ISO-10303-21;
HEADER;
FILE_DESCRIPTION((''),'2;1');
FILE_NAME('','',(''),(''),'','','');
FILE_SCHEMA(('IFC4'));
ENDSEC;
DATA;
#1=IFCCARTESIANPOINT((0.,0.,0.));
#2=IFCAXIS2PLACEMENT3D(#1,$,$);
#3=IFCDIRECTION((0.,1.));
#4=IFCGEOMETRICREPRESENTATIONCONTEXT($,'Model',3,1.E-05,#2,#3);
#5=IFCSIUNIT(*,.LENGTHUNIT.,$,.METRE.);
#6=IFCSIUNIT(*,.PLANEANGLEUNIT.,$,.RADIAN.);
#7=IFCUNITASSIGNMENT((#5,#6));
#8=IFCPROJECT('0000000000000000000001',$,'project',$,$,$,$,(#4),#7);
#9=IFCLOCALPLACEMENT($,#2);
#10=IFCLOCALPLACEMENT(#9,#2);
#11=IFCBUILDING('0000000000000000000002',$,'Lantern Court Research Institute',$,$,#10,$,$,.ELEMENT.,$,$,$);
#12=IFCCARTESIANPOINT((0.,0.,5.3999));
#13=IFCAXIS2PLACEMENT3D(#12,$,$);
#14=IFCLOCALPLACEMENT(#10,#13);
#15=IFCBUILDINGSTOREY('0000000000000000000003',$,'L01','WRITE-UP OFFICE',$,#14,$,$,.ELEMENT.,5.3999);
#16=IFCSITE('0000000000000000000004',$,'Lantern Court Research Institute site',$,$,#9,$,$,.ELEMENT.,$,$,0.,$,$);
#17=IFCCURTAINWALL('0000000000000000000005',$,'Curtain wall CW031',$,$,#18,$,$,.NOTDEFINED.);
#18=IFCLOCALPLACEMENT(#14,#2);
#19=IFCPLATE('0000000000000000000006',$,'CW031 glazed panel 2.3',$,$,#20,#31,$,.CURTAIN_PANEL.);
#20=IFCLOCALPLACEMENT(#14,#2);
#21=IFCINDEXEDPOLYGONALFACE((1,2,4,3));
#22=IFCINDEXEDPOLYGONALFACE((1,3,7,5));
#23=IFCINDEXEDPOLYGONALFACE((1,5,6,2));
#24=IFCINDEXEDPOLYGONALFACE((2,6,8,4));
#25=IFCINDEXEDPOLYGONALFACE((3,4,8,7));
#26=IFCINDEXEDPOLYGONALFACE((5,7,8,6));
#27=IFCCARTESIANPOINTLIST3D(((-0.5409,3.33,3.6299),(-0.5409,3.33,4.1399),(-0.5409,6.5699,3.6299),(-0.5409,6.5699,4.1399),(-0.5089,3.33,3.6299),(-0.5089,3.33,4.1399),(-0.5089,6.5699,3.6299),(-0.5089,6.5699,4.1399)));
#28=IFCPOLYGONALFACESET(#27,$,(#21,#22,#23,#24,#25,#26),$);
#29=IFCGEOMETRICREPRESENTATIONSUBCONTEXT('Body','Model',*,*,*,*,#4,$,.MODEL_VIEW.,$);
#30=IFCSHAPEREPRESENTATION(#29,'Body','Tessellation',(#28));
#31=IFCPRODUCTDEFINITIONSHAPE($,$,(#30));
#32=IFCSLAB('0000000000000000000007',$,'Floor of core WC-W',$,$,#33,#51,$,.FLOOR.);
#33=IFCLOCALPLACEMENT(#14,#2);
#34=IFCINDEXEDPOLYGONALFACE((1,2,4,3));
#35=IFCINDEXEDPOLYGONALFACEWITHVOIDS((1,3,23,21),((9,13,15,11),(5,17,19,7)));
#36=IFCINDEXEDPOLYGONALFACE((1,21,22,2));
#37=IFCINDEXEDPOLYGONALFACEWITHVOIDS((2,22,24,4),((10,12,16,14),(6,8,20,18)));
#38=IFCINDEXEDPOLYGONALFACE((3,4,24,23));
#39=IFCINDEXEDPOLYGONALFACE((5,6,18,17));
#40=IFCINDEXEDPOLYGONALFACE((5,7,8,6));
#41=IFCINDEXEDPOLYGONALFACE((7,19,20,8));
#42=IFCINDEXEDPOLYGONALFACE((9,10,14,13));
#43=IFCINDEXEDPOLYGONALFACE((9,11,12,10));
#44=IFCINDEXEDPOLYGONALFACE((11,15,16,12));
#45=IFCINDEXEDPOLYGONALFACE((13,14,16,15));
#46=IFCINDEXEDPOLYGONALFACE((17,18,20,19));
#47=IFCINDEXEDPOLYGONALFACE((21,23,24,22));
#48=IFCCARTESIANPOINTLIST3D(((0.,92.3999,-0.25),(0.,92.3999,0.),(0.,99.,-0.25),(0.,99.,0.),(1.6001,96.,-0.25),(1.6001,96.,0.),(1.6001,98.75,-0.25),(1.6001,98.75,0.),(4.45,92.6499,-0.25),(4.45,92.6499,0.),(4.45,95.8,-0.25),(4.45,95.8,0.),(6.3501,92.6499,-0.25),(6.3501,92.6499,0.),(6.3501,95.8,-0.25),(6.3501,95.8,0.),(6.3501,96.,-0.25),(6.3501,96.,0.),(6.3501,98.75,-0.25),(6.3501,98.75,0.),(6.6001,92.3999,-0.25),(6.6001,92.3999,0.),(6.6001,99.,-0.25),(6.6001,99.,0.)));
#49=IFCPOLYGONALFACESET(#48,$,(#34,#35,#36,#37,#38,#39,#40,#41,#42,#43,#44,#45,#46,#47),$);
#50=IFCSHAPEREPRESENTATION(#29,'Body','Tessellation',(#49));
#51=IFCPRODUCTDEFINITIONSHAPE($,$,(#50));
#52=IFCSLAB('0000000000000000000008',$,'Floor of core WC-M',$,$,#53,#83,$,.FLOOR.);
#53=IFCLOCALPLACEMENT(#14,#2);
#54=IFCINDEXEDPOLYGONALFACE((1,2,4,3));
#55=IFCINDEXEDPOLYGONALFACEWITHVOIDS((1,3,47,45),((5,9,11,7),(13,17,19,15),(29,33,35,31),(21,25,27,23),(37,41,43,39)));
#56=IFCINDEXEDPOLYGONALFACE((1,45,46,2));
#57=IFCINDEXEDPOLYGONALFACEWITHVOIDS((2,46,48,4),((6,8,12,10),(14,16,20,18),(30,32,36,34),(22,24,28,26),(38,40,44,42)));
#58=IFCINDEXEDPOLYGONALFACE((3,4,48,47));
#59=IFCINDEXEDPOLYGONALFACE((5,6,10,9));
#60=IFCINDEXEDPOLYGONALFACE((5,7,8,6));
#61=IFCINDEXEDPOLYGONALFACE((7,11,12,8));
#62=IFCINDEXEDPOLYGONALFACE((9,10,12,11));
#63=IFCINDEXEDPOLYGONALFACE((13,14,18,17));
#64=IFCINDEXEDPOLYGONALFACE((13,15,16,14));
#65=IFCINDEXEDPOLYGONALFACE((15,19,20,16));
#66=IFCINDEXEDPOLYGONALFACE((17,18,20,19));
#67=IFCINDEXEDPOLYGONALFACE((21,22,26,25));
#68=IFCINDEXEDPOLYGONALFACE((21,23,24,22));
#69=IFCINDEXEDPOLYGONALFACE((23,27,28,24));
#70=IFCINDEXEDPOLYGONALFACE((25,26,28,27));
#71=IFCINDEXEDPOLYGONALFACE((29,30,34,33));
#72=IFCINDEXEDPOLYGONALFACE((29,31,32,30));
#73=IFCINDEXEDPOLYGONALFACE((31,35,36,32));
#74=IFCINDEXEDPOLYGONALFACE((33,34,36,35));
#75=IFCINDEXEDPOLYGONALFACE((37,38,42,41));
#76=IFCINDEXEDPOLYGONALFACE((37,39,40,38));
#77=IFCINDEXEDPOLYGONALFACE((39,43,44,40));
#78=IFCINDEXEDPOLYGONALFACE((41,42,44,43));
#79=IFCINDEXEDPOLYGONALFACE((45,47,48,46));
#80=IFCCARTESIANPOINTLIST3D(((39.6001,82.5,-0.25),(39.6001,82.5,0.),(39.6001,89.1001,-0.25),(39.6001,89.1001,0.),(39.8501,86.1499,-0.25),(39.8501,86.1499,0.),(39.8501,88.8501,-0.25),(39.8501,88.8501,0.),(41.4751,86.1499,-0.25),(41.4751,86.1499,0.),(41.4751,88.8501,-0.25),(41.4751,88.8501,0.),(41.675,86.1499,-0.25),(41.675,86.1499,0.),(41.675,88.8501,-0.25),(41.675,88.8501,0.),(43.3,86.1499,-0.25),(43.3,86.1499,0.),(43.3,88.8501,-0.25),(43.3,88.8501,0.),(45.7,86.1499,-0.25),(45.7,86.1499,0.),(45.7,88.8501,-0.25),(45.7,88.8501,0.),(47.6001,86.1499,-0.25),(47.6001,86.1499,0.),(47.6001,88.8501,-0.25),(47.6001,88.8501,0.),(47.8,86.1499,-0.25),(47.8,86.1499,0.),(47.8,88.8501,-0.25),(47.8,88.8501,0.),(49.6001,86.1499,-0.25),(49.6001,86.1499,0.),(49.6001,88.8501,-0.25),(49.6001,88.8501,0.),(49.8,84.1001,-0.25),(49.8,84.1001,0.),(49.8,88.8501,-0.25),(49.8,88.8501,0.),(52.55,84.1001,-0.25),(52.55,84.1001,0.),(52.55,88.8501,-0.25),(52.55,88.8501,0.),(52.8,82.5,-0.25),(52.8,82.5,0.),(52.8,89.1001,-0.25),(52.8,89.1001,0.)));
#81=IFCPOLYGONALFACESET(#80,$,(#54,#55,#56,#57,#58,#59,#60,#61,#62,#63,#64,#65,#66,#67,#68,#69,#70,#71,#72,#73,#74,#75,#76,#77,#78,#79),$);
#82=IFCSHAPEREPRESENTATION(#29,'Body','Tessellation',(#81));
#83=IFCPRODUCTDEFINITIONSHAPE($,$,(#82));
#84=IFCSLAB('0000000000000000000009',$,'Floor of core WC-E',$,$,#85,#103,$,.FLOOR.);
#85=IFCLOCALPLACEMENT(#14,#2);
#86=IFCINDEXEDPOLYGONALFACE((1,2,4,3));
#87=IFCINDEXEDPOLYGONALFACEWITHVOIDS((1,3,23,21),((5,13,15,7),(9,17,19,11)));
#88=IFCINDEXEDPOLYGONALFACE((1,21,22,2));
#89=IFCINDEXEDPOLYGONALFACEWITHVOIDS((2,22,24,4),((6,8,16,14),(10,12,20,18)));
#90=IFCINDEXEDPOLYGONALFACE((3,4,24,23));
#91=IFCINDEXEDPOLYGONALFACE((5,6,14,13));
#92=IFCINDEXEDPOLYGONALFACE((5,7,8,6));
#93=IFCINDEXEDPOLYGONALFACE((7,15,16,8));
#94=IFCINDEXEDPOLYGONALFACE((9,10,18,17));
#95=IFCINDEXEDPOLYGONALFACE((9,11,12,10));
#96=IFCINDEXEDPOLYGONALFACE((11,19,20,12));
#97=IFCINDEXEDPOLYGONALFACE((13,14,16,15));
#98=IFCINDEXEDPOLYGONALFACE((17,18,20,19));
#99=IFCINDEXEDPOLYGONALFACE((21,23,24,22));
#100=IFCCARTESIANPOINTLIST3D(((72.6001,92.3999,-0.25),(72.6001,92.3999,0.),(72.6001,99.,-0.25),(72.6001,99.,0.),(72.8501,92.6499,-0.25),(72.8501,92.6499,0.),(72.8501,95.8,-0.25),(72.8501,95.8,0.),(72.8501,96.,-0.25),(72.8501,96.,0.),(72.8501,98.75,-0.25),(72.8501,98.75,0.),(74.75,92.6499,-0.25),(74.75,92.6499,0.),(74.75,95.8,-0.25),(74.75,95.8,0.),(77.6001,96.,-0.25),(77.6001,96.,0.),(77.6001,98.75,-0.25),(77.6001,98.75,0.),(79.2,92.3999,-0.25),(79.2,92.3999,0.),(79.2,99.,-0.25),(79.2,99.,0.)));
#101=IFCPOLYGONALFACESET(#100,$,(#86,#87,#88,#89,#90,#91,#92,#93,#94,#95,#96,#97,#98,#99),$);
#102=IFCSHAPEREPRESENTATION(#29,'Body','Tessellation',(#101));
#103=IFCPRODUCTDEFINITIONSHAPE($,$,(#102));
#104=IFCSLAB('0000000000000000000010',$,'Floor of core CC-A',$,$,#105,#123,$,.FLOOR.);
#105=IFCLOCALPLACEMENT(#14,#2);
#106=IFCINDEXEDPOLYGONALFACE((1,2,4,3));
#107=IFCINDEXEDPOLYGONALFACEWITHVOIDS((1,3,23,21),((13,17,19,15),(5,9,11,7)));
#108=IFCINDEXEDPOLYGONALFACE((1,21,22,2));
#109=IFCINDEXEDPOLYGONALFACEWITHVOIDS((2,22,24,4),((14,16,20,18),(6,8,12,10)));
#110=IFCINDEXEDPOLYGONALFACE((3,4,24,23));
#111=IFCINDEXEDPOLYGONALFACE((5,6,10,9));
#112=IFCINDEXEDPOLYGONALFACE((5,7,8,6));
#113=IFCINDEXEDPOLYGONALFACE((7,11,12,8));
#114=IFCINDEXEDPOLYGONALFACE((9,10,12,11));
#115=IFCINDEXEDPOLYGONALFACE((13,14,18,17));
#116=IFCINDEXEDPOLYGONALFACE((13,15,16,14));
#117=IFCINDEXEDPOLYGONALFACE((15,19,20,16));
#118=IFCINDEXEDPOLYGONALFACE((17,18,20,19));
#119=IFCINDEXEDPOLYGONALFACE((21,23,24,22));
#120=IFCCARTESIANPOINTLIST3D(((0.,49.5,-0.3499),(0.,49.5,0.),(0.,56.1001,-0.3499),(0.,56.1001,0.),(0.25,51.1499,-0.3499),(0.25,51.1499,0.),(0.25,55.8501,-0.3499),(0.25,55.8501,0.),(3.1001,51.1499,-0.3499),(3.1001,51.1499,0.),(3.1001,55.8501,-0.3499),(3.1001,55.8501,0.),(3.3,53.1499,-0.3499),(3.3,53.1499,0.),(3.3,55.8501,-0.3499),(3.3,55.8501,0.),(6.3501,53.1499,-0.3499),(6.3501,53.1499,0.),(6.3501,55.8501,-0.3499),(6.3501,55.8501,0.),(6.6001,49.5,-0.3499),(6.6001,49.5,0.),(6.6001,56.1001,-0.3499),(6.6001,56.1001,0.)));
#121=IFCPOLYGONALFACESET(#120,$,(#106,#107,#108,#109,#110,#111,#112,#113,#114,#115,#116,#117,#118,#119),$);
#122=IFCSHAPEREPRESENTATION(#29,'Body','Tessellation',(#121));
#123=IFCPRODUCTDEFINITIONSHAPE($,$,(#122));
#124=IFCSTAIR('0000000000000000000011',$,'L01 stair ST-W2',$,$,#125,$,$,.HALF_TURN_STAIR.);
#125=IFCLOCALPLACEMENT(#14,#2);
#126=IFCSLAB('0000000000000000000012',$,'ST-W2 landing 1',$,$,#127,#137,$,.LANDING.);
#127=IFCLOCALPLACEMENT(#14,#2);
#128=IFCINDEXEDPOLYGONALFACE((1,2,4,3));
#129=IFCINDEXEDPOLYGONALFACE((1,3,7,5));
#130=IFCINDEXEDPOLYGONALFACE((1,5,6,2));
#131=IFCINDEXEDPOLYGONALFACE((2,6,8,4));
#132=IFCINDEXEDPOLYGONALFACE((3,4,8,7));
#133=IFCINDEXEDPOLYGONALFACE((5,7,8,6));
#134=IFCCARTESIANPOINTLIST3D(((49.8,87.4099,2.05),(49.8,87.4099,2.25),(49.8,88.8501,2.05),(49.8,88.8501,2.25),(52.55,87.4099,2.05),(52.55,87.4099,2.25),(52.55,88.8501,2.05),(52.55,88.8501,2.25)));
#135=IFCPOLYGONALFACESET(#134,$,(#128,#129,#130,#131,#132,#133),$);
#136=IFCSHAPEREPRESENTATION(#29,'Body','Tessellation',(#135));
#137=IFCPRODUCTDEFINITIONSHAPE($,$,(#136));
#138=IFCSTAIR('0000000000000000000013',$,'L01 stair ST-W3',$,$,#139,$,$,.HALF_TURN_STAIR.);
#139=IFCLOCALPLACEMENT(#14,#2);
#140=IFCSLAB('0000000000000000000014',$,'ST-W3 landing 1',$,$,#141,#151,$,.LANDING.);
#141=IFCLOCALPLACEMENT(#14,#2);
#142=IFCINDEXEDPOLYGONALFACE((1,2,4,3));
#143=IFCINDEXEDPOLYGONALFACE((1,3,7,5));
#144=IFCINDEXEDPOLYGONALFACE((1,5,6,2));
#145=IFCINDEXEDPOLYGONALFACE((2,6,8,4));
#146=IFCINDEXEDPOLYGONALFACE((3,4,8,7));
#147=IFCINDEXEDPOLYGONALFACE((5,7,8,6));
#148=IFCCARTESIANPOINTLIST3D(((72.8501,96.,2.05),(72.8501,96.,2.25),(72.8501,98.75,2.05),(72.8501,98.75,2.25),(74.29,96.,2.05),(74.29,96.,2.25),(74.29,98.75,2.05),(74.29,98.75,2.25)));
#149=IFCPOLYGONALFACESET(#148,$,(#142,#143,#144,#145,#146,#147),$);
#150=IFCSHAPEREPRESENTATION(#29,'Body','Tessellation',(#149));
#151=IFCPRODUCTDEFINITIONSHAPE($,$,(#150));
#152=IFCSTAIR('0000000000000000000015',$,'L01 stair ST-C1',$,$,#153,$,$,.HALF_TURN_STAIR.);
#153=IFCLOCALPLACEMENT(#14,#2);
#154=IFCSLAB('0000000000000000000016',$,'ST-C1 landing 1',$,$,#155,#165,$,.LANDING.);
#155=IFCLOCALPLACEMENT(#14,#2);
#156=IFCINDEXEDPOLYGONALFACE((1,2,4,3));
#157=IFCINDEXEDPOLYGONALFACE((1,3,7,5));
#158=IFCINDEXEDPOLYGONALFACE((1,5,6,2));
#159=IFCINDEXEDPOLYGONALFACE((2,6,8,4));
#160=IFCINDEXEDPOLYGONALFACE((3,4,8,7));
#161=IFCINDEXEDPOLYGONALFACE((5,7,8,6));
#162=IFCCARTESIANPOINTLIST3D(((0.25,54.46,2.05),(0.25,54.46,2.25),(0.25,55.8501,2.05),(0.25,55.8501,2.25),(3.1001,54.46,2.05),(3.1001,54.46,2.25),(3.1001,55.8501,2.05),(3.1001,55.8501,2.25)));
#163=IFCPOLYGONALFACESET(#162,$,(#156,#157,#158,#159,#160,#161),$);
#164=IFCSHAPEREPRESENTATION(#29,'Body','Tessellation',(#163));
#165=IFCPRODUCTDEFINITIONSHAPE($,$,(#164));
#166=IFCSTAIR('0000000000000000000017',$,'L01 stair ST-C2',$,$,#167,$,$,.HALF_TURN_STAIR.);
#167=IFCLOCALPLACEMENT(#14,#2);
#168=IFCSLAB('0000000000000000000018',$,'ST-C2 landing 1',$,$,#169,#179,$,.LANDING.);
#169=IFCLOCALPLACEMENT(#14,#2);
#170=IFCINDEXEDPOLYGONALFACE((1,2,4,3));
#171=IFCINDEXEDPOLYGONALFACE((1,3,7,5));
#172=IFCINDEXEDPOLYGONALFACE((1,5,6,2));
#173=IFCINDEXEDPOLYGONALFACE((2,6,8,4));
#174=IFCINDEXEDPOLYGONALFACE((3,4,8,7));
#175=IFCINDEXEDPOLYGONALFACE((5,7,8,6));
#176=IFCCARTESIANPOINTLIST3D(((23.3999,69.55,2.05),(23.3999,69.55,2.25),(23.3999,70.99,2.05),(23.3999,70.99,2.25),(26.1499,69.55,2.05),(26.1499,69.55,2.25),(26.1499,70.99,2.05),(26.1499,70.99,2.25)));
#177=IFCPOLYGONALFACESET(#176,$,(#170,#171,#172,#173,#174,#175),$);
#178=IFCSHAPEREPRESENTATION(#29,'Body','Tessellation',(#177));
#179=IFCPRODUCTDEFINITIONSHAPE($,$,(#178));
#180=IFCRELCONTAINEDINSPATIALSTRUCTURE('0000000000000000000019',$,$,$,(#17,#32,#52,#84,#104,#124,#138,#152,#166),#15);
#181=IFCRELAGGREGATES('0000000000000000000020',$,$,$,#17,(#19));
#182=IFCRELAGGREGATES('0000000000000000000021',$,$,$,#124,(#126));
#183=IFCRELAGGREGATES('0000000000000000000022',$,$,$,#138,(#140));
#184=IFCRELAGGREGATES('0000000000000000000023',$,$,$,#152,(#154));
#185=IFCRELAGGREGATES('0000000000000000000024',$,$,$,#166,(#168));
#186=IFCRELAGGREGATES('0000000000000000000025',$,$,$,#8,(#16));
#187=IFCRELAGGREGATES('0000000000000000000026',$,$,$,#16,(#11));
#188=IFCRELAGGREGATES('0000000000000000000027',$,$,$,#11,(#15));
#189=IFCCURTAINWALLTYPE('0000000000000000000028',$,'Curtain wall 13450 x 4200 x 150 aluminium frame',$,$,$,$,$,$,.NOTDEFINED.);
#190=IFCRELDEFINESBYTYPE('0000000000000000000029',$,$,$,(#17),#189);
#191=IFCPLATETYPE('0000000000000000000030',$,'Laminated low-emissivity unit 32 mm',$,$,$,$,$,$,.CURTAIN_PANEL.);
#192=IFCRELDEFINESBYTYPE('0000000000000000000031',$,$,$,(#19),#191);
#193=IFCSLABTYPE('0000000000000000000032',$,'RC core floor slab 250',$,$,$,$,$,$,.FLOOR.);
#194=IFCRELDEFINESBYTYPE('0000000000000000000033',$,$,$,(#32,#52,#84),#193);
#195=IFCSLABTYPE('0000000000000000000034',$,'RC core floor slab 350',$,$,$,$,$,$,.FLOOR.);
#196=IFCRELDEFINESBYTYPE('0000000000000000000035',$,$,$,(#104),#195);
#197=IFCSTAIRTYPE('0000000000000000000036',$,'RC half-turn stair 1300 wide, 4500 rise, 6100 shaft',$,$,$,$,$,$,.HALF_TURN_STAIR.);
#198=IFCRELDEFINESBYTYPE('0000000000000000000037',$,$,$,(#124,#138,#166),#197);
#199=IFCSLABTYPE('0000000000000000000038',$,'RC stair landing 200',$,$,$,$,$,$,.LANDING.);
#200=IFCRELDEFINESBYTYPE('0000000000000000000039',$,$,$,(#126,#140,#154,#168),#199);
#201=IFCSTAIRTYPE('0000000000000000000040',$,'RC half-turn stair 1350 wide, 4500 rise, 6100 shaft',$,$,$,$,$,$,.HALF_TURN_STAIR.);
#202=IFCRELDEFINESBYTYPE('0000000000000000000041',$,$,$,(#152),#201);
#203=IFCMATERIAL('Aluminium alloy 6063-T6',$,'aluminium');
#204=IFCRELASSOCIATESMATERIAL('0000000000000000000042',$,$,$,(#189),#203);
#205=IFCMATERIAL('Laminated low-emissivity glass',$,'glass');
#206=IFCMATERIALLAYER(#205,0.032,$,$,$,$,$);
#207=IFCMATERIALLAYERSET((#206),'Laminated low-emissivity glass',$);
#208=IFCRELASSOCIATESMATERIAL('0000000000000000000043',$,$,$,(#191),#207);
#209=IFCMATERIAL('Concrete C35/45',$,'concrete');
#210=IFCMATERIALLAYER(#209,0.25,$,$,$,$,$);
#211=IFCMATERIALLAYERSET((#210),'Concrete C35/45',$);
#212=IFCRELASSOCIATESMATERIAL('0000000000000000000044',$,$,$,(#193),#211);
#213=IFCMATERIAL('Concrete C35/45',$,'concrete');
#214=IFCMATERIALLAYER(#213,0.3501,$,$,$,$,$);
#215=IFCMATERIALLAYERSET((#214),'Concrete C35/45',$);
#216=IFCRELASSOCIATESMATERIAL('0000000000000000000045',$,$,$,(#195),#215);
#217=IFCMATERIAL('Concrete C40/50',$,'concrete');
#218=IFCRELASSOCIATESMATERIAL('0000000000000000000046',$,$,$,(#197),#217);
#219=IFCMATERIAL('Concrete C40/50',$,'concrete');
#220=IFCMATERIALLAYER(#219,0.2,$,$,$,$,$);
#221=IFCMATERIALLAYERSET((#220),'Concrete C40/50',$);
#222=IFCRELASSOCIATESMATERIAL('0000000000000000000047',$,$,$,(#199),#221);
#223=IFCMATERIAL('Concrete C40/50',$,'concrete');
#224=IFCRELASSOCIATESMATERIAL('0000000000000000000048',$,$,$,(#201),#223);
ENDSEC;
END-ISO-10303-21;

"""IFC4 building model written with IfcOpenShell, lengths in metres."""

from ifc_helpers import new_model, si_unit, direction, frame, origin, origin_2d, place, context, subcontext, project, spatial, polyline, rectangle, outline, extrude, material, layer, layer_set, type_object, element, aggregate, save


model = new_model("IFC4")

# Units and contexts
model_context = context("Model", 3, precision=1e-05, world=origin(), true_north=direction((0.0, 1.0)))
body_context = subcontext(model_context, "Body", "Model", "MODEL_VIEW")
ifc_project = project(units=[si_unit("LENGTHUNIT", "METRE"), si_unit("PLANEANGLEUNIT", "RADIAN")], contexts=[model_context])

# Site, building, storey
site_placement = place(None, origin())
site = spatial("IfcSite", under=ifc_project, at=site_placement, Name="Lantern Court Research Institute site", CompositionType="ELEMENT", RefElevation=0.0)
building_placement = place(site_placement, origin())
building = spatial("IfcBuilding", under=site, at=building_placement, Name="Lantern Court Research Institute", CompositionType="ELEMENT")
storey_placement = place(building_placement, frame((0.0, 0.0, 5.3999)))
storey = spatial("IfcBuildingStorey", under=building, at=storey_placement, Name="L01", Description="WRITE-UP OFFICE", CompositionType="ELEMENT", Elevation=5.3999)

# Curtain wall, plate
ifc_material_1 = material(Name="Aluminium alloy 6063-T6", Category="aluminium")
curtain_wall_type = type_object("IfcCurtainWallType", Name="Curtain wall 13450 x 4200 x 150 aluminium frame", PredefinedType="NOTDEFINED", material=ifc_material_1)
curtain_wall_placement = place(storey_placement, origin())
curtain_wall = element("IfcCurtainWall", 1, at=curtain_wall_placement, inside=storey, type_object=curtain_wall_type, Name="Curtain wall CW031", PredefinedType="NOTDEFINED")
ifc_material_2 = material(Name="Laminated low-emissivity glass", Category="glass")
ifc_layer_1 = layer(ifc_material_2, 0.032)
ifc_layer_set_1 = layer_set([ifc_layer_1], Name="Laminated low-emissivity glass")
plate_type_1 = type_object("IfcPlateType", Name="Laminated low-emissivity unit 32 mm", PredefinedType="CURTAIN_PANEL", material=ifc_layer_set_1)
plate_1_placement = place(storey_placement, frame((-0.5249, 4.95, 3.6299), z_axis=(0.0, 0.0, 1.0), x_axis=(0.0, 1.0, 0.0)))
plate_1 = element("IfcPlate", 2, at=plate_1_placement, type_object=plate_type_1, Name="CW031 glazed panel 2.3", PredefinedType="CURTAIN_PANEL", context=body_context, shape_type="SweptSolid", body=[
    extrude(rectangle(XDim=3.24, YDim=0.032, at=origin_2d()), origin(), (0.0, 0.0, 1.0), 0.51),
])
aggregate(curtain_wall, [plate_1])

# Slabs
ifc_material_3 = material(Name="Concrete C35/45", Category="concrete")
ifc_layer_2 = layer(ifc_material_3, 0.25)
ifc_layer_set_2 = layer_set([ifc_layer_2], Name="Concrete C35/45")
slab_type_1 = type_object("IfcSlabType", Name="RC core floor slab 250", PredefinedType="FLOOR", material=ifc_layer_set_2)
slab_1_placement = place(storey_placement, frame((0.0, 0.0, -0.25)))
element("IfcSlab", 3, at=slab_1_placement, inside=storey, type_object=slab_type_1, Name="Floor of core WC-W", PredefinedType="FLOOR", context=body_context, shape_type="SweptSolid", body=[
    extrude(outline(polyline([(0.0, 92.3999), (6.6001, 92.3999), (6.6001, 99.0), (0.0, 99.0), (0.0, 92.3999)]), holes=[polyline([(1.6001, 96.0), (6.3501, 96.0), (6.3501, 98.75), (1.6001, 98.75), (1.6001, 96.0)]), polyline([(4.45, 92.6499), (4.45, 95.8), (6.3501, 95.8), (6.3501, 92.6499), (4.45, 92.6499)])]), origin(), (0.0, 0.0, 1.0), 0.25),
])
slab_2_placement = place(storey_placement, frame((0.0, 0.0, -0.25)))
element("IfcSlab", 4, at=slab_2_placement, inside=storey, type_object=slab_type_1, Name="Floor of core WC-M", PredefinedType="FLOOR", context=body_context, shape_type="SweptSolid", body=[
    extrude(outline(polyline([(39.6001, 82.5), (52.8, 82.5), (52.8, 89.1001), (39.6001, 89.1001), (39.6001, 82.5)]), holes=[polyline([(52.55, 84.1001), (52.55, 88.8501), (49.8, 88.8501), (49.8, 84.1001), (52.55, 84.1001)]), polyline([(47.8, 86.1499), (49.6001, 86.1499), (49.6001, 88.8501), (47.8, 88.8501), (47.8, 86.1499)]), polyline([(45.7, 86.1499), (47.6001, 86.1499), (47.6001, 88.8501), (45.7, 88.8501), (45.7, 86.1499)]), polyline([(43.3, 88.8501), (43.3, 86.1499), (41.675, 86.1499), (41.675, 88.8501), (43.3, 88.8501)]), polyline([(41.4751, 88.8501), (41.4751, 86.1499), (39.8501, 86.1499), (39.8501, 88.8501), (41.4751, 88.8501)])]), origin(), (0.0, 0.0, 1.0), 0.25),
])
slab_3_placement = place(storey_placement, frame((0.0, 0.0, -0.25)))
element("IfcSlab", 5, at=slab_3_placement, inside=storey, type_object=slab_type_1, Name="Floor of core WC-E", PredefinedType="FLOOR", context=body_context, shape_type="SweptSolid", body=[
    extrude(outline(polyline([(72.6001, 92.3999), (79.2, 92.3999), (79.2, 99.0), (72.6001, 99.0), (72.6001, 92.3999)]), holes=[polyline([(77.6001, 98.75), (72.8501, 98.75), (72.8501, 96.0), (77.6001, 96.0), (77.6001, 98.75)]), polyline([(72.8501, 92.6499), (72.8501, 95.8), (74.75, 95.8), (74.75, 92.6499), (72.8501, 92.6499)])]), origin(), (0.0, 0.0, 1.0), 0.25),
])
ifc_material_4 = material(Name="Concrete C35/45", Category="concrete")
ifc_layer_3 = layer(ifc_material_4, 0.3501)
ifc_layer_set_3 = layer_set([ifc_layer_3], Name="Concrete C35/45")
slab_type_2 = type_object("IfcSlabType", Name="RC core floor slab 350", PredefinedType="FLOOR", material=ifc_layer_set_3)
slab_4_placement = place(storey_placement, frame((0.0, 0.0, -0.3499)))
element("IfcSlab", 6, at=slab_4_placement, inside=storey, type_object=slab_type_2, Name="Floor of core CC-A", PredefinedType="FLOOR", context=body_context, shape_type="SweptSolid", body=[
    extrude(outline(polyline([(0.0, 49.5), (6.6001, 49.5), (6.6001, 56.1001), (0.0, 56.1001), (0.0, 49.5)]), holes=[polyline([(3.1001, 51.1499), (3.1001, 55.8501), (0.25, 55.8501), (0.25, 51.1499), (3.1001, 51.1499)]), polyline([(3.3, 53.1499), (6.3501, 53.1499), (6.3501, 55.8501), (3.3, 55.8501), (3.3, 53.1499)])]), origin(), (0.0, 0.0, 1.0), 0.3499),
])

# Stairs, slabs
ifc_material_5 = material(Name="Concrete C40/50", Category="concrete")
stair_type_1 = type_object("IfcStairType", Name="RC half-turn stair 1300 wide, 4500 rise, 6100 shaft", PredefinedType="HALF_TURN_STAIR", material=ifc_material_5)
stair_1_placement = place(storey_placement, origin())
stair_1 = element("IfcStair", 7, at=stair_1_placement, inside=storey, type_object=stair_type_1, Name="L01 stair ST-W2", PredefinedType="HALF_TURN_STAIR")
ifc_material_6 = material(Name="Concrete C40/50", Category="concrete")
ifc_layer_4 = layer(ifc_material_6, 0.2)
ifc_layer_set_4 = layer_set([ifc_layer_4], Name="Concrete C40/50")
slab_type_3 = type_object("IfcSlabType", Name="RC stair landing 200", PredefinedType="LANDING", material=ifc_layer_set_4)
slab_5_placement = place(storey_placement, frame((0.0, 0.0, 2.05)))
slab_5 = element("IfcSlab", 8, at=slab_5_placement, type_object=slab_type_3, Name="ST-W2 landing 1", PredefinedType="LANDING", context=body_context, shape_type="SweptSolid", body=[
    extrude(outline(polyline([(52.55, 87.4099), (52.55, 88.8501), (49.8, 88.8501), (49.8, 87.4099), (52.55, 87.4099)])), origin(), (0.0, 0.0, 1.0), 0.2),
])
aggregate(stair_1, [slab_5])
stair_2_placement = place(storey_placement, origin())
stair_2 = element("IfcStair", 9, at=stair_2_placement, inside=storey, type_object=stair_type_1, Name="L01 stair ST-W3", PredefinedType="HALF_TURN_STAIR")
slab_6_placement = place(storey_placement, frame((0.0, 0.0, 2.05)))
slab_6 = element("IfcSlab", 10, at=slab_6_placement, type_object=slab_type_3, Name="ST-W3 landing 1", PredefinedType="LANDING", context=body_context, shape_type="SweptSolid", body=[
    extrude(outline(polyline([(74.29, 98.75), (72.8501, 98.75), (72.8501, 96.0), (74.29, 96.0), (74.29, 98.75)])), origin(), (0.0, 0.0, 1.0), 0.2),
])
aggregate(stair_2, [slab_6])
ifc_material_7 = material(Name="Concrete C40/50", Category="concrete")
stair_type_2 = type_object("IfcStairType", Name="RC half-turn stair 1350 wide, 4500 rise, 6100 shaft", PredefinedType="HALF_TURN_STAIR", material=ifc_material_7)
stair_3_placement = place(storey_placement, origin())
stair_3 = element("IfcStair", 11, at=stair_3_placement, inside=storey, type_object=stair_type_2, Name="L01 stair ST-C1", PredefinedType="HALF_TURN_STAIR")
slab_7_placement = place(storey_placement, frame((0.0, 0.0, 2.05)))
slab_7 = element("IfcSlab", 12, at=slab_7_placement, type_object=slab_type_3, Name="ST-C1 landing 1", PredefinedType="LANDING", context=body_context, shape_type="SweptSolid", body=[
    extrude(outline(polyline([(3.1001, 54.46), (3.1001, 55.8501), (0.25, 55.8501), (0.25, 54.46), (3.1001, 54.46)])), origin(), (0.0, 0.0, 1.0), 0.2),
])
aggregate(stair_3, [slab_7])
stair_4_placement = place(storey_placement, origin())
stair_4 = element("IfcStair", 13, at=stair_4_placement, inside=storey, type_object=stair_type_1, Name="L01 stair ST-C2", PredefinedType="HALF_TURN_STAIR")
slab_8_placement = place(storey_placement, frame((0.0, 0.0, 2.05)))
slab_8 = element("IfcSlab", 14, at=slab_8_placement, type_object=slab_type_3, Name="ST-C2 landing 1", PredefinedType="LANDING", context=body_context, shape_type="SweptSolid", body=[
    extrude(outline(polyline([(23.3999, 70.99), (23.3999, 69.55), (26.1499, 69.55), (26.1499, 70.99), (23.3999, 70.99)])), origin(), (0.0, 0.0, 1.0), 0.2),
])
aggregate(stair_4, [slab_8])

save(model, "model.ifc")
